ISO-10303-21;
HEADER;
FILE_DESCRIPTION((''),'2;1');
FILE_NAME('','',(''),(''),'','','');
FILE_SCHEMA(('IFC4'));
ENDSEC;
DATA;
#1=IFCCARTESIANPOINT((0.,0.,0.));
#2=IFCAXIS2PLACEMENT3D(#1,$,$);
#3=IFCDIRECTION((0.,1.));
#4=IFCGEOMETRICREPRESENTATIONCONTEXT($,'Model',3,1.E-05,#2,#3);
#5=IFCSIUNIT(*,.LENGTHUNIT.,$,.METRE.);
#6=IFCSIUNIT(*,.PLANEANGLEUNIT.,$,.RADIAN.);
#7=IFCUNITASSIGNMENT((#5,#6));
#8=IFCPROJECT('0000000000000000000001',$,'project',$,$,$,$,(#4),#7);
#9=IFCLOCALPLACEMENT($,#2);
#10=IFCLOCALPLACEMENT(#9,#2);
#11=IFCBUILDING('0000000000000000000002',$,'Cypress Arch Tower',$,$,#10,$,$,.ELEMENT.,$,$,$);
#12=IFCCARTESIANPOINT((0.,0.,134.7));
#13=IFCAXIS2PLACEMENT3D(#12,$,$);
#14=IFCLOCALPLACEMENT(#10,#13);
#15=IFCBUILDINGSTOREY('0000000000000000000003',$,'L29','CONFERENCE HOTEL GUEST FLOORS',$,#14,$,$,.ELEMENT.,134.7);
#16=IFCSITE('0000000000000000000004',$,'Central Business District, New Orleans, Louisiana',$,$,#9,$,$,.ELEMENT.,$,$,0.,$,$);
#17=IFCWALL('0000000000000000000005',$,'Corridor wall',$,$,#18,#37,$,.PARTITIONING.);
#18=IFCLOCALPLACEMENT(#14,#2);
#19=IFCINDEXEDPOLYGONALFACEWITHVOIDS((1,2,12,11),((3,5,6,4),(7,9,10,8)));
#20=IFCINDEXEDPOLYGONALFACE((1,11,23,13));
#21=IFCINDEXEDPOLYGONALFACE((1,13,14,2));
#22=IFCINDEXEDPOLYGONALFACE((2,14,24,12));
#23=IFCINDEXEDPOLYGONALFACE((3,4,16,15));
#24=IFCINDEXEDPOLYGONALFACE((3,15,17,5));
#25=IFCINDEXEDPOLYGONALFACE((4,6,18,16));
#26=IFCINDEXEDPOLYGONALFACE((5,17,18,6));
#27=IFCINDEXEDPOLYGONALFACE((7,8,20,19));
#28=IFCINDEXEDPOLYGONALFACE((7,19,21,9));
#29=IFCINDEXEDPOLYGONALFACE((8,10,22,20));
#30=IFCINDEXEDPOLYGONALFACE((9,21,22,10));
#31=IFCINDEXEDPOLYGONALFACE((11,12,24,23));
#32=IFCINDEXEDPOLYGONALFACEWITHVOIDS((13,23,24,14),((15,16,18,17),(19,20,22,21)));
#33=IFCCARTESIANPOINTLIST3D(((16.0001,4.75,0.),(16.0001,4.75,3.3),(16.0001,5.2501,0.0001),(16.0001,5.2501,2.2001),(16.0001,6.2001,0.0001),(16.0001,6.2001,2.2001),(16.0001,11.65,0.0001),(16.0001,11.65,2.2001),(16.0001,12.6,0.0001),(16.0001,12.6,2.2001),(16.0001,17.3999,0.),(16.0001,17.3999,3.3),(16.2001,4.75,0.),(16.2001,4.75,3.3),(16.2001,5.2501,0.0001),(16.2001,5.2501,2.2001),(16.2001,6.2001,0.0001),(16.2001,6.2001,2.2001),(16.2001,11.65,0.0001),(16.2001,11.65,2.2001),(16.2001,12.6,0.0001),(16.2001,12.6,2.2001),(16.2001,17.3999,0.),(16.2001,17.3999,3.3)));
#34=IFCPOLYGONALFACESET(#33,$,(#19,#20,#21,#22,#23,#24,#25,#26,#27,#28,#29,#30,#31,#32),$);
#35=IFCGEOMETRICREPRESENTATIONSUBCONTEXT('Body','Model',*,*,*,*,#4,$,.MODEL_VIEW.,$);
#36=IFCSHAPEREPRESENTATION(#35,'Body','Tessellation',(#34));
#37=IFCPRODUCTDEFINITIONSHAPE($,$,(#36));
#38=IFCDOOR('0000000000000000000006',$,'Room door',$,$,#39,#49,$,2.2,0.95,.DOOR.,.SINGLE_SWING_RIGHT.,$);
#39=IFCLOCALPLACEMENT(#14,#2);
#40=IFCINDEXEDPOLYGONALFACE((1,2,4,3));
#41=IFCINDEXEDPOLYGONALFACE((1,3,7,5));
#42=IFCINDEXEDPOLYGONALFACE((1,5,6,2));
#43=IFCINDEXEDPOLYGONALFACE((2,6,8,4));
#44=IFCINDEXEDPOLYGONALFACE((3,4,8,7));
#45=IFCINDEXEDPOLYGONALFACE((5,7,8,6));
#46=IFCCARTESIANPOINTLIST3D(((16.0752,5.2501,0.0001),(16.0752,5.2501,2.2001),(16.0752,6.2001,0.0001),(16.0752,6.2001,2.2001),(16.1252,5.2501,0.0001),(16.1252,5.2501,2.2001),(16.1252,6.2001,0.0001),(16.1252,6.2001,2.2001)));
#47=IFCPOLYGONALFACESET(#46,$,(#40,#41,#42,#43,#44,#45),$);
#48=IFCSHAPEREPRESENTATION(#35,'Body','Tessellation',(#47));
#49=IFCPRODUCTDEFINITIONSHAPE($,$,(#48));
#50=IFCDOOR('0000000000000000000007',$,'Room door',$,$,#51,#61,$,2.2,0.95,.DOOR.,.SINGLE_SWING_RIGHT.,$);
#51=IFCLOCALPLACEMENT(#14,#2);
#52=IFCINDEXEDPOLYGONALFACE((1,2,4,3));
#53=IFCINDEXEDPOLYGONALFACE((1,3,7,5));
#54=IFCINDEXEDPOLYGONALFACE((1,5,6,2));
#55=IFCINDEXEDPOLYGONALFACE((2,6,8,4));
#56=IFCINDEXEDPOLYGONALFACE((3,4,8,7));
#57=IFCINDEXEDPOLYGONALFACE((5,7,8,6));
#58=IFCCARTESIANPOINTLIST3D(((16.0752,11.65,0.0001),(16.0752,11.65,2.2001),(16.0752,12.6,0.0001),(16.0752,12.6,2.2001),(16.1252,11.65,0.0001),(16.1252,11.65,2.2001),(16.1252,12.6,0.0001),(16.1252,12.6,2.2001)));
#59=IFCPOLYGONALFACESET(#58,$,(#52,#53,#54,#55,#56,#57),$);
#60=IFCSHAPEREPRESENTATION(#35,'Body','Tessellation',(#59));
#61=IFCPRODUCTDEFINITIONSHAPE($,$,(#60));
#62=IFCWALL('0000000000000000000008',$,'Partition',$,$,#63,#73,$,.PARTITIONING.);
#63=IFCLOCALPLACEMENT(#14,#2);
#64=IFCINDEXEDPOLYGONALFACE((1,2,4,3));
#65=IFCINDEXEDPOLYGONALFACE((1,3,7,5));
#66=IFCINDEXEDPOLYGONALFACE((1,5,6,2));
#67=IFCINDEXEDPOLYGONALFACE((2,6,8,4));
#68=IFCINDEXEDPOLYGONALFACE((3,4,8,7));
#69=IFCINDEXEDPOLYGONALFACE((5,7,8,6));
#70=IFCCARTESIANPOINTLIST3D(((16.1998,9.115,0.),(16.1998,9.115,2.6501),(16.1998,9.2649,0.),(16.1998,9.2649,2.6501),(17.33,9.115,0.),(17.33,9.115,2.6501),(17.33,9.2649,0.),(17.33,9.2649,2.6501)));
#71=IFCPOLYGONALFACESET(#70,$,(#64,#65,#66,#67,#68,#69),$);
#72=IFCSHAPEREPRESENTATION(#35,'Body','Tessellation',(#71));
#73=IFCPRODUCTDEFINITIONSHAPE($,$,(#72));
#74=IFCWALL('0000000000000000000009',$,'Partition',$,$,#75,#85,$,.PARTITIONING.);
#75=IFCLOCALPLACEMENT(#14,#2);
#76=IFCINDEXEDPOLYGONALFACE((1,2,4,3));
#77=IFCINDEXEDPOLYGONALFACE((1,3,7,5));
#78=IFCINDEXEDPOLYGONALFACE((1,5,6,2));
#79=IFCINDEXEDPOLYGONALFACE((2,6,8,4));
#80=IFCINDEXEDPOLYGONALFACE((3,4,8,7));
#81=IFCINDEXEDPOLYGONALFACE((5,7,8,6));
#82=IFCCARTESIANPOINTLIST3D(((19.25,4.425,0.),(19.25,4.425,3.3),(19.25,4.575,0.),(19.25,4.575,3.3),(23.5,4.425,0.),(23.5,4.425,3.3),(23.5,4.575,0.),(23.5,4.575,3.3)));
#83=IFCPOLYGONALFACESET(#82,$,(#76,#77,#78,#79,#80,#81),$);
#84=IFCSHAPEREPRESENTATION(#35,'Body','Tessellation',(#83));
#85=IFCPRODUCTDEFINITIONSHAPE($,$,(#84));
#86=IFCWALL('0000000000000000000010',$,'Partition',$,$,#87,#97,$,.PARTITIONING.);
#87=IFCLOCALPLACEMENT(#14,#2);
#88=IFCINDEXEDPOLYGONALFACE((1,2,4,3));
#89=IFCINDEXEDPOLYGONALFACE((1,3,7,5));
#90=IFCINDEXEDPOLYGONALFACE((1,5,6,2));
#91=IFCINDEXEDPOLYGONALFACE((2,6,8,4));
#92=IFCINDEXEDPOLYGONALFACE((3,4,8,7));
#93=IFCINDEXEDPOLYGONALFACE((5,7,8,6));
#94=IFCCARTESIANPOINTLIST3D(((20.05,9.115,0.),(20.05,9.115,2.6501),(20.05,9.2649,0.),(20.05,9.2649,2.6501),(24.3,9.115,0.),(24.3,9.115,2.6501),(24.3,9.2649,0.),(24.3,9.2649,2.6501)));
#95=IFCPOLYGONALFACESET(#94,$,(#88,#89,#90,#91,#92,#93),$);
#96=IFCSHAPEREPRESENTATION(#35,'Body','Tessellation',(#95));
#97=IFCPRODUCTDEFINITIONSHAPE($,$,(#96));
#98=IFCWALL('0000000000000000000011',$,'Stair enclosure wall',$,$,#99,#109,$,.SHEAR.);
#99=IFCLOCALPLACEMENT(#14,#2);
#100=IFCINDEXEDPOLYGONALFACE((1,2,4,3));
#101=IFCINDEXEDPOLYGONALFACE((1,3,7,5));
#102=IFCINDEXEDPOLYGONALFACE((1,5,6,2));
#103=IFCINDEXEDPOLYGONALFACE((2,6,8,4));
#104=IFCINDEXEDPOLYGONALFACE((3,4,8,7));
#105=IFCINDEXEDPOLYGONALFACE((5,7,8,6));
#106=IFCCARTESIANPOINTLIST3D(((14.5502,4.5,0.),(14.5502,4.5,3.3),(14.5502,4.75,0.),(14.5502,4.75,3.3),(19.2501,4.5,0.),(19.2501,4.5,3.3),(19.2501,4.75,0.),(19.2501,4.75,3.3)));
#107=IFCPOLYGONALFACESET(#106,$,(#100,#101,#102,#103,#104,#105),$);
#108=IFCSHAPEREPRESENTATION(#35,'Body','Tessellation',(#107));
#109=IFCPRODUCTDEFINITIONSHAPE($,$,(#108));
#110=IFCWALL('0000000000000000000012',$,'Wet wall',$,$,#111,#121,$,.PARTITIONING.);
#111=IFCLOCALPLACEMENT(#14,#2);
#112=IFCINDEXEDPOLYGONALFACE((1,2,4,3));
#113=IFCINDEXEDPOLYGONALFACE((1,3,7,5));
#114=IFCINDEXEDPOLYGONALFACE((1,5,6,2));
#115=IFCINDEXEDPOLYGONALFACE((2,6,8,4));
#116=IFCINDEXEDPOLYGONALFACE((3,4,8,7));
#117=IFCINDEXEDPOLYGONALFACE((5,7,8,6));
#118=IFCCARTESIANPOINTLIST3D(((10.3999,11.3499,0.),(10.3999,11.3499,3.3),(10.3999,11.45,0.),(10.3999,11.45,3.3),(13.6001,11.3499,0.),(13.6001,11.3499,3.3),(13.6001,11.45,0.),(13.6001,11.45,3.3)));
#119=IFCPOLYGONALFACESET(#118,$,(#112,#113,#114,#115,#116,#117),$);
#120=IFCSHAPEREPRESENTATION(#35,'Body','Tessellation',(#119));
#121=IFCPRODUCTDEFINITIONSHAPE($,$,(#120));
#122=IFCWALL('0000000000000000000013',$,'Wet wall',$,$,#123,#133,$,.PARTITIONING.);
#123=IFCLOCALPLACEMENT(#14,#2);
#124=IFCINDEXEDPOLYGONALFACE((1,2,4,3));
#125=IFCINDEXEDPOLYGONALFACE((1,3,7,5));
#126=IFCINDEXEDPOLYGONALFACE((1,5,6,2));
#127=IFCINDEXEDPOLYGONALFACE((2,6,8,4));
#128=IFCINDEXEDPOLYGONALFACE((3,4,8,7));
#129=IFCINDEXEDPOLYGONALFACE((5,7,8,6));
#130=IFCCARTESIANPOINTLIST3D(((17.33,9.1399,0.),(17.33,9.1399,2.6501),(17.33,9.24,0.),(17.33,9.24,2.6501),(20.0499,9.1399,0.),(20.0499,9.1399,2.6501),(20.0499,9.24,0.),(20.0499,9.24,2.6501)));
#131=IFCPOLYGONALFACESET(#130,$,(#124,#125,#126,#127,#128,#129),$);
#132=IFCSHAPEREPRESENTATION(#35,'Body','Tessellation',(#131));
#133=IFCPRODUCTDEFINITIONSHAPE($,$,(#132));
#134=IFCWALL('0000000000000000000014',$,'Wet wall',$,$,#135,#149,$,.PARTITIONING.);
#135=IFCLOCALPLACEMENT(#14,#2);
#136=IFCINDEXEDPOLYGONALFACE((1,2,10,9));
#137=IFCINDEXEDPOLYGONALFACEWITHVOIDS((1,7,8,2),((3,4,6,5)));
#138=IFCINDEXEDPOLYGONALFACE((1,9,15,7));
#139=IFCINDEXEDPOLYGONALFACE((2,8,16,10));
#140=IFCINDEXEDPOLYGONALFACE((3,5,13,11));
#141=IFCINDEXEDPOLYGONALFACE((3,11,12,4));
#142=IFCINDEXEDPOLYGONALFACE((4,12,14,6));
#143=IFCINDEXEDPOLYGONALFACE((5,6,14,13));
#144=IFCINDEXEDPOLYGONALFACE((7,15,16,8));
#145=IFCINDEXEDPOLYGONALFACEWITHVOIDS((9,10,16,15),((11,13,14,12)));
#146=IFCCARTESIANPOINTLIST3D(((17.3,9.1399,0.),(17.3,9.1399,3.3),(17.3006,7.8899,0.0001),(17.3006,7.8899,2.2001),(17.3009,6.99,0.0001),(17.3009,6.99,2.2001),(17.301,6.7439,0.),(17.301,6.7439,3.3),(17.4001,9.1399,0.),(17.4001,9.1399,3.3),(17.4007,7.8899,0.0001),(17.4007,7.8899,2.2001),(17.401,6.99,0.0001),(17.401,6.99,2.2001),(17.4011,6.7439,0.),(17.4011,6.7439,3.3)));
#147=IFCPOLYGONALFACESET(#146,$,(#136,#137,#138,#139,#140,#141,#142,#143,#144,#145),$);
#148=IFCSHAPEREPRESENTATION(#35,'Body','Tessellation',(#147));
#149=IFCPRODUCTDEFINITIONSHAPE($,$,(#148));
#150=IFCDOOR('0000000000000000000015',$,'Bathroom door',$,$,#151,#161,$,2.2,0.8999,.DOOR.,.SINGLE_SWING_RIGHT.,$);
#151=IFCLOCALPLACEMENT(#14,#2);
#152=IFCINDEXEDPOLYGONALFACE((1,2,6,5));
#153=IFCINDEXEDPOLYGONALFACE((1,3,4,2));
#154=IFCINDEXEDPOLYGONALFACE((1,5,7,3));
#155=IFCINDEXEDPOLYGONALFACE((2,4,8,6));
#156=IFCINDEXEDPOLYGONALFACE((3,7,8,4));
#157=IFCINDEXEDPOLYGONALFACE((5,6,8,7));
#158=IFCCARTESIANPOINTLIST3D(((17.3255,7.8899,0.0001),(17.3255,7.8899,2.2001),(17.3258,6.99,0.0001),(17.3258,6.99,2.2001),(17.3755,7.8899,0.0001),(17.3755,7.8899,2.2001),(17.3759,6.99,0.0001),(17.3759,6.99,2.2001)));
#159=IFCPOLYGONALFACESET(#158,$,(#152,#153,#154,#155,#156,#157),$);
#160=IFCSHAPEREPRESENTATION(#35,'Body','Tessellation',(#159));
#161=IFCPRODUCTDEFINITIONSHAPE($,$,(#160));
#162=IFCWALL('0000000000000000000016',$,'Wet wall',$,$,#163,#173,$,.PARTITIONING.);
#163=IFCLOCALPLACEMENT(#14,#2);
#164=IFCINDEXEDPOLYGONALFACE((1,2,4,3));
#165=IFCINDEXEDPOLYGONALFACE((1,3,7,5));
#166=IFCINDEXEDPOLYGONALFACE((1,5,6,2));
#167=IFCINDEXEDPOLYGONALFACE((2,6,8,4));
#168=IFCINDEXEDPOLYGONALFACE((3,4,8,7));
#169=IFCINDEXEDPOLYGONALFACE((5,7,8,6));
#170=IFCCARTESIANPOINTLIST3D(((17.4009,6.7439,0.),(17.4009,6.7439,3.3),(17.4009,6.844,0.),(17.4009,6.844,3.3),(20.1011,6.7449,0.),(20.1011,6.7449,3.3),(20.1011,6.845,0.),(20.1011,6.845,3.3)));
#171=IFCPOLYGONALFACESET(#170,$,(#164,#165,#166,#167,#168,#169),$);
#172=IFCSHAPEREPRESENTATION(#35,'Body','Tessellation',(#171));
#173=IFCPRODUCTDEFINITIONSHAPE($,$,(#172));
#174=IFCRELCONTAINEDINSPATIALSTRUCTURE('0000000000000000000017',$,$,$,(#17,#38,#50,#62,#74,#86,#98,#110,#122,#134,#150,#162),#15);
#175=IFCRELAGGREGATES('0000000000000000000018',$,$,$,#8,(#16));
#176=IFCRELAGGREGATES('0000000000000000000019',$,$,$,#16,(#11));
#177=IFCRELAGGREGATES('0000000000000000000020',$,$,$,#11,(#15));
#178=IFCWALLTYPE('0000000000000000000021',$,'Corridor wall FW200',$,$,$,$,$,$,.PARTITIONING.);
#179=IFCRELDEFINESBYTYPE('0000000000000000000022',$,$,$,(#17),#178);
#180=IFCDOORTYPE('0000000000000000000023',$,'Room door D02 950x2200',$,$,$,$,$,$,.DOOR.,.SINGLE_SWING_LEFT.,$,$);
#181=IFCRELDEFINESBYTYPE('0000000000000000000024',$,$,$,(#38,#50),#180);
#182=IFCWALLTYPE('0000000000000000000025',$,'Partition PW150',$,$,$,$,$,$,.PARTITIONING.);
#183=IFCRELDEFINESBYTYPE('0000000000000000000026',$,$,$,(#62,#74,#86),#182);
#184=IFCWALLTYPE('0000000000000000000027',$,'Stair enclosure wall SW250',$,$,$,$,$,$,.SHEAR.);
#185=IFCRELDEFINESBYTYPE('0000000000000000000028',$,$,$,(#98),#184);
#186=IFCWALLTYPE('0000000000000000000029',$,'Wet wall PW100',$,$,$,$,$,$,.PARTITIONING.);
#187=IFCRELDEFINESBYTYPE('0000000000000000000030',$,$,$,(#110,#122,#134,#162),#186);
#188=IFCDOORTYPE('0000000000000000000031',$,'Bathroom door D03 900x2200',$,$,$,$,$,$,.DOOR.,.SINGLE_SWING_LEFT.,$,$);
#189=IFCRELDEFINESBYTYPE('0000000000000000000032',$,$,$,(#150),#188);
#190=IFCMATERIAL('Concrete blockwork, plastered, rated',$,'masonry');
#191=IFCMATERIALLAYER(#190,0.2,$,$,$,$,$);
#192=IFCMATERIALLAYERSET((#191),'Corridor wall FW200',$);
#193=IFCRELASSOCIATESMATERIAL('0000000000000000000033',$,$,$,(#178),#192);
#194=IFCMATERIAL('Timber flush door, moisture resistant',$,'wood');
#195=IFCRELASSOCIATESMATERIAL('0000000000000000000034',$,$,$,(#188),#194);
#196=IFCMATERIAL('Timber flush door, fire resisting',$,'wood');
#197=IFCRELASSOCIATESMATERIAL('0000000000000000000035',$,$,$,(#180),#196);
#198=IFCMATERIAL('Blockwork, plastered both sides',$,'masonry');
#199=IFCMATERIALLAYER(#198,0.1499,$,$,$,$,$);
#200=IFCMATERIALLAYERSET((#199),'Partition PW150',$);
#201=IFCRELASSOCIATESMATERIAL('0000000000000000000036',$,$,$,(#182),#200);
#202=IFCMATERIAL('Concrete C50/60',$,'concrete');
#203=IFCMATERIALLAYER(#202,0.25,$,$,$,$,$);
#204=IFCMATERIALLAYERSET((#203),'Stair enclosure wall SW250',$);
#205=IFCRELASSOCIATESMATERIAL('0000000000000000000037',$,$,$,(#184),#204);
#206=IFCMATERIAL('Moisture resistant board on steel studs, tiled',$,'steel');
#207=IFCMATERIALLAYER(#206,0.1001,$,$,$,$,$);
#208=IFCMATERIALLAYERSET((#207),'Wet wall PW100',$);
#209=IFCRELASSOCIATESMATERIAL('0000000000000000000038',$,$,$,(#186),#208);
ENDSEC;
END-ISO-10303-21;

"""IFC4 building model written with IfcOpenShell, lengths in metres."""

from ifc_helpers import new_model, si_unit, direction, frame, frame_2d, origin, place, context, subcontext, project, spatial, rectangle, extrude, material, layer, layer_set, type_object, element, fill, save


model = new_model("IFC4")

# Units and contexts
model_context = context("Model", 3, precision=1e-05, world=origin(), true_north=direction((0.0, 1.0)))
body_context = subcontext(model_context, "Body", "Model", "MODEL_VIEW")
ifc_project = project(units=[si_unit("LENGTHUNIT", "METRE"), si_unit("PLANEANGLEUNIT", "RADIAN")], contexts=[model_context])

# Site, building, storey
site_placement = place(None, origin())
site = spatial("IfcSite", under=ifc_project, at=site_placement, Name="Central Business District, New Orleans, Louisiana", CompositionType="ELEMENT", RefElevation=0.0)
building_placement = place(site_placement, origin())
building = spatial("IfcBuilding", under=site, at=building_placement, Name="Cypress Arch Tower", CompositionType="ELEMENT")
storey_placement = place(building_placement, frame((0.0, 0.0, 134.7)))
storey = spatial("IfcBuildingStorey", under=building, at=storey_placement, Name="L29", Description="CONFERENCE HOTEL GUEST FLOORS", CompositionType="ELEMENT", Elevation=134.7)

# Shared definitions
ifc_material_1 = material(Name="Concrete blockwork, plastered, rated", Category="masonry")
ifc_layer_1 = layer(ifc_material_1, 0.2)
ifc_layer_set_1 = layer_set([ifc_layer_1], Name="Corridor wall FW200")
wall_type_1 = type_object("IfcWallType", Name="Corridor wall FW200", PredefinedType="PARTITIONING", material=ifc_layer_set_1)
ifc_material_2 = material(Name="Timber flush door, moisture resistant", Category="wood")
door_type_1 = type_object("IfcDoorType", Name="Bathroom door D03 900x2200", OperationType="SINGLE_SWING_LEFT", PredefinedType="DOOR", material=ifc_material_2)

# Wall, openings, doors
wall_1_placement = place(storey_placement, frame((16.1001, 4.75, 0.0), z_axis=(0.0, 0.0, 1.0), x_axis=(0.0, 1.0, 0.0)))
wall_1 = element("IfcWall", 1, at=wall_1_placement, inside=storey, type_object=wall_type_1, Name="Corridor wall", PredefinedType="PARTITIONING", context=body_context, shape_type="SweptSolid", body=[
    extrude(rectangle(XDim=12.6499, YDim=0.2, at=frame_2d((6.325, 0.0))), origin(), (0.0, 0.0, 1.0), 3.3),
])
opening_1_placement = place(wall_1_placement, frame((0.5, 0.0, 0.0)))
opening_1 = element("IfcOpeningElement", 2, at=opening_1_placement, cuts=wall_1, PredefinedType="OPENING", context=body_context, shape_type="SweptSolid", body=[
    extrude(rectangle(XDim=0.95, YDim=2.2, at=frame_2d((0.4751, 1.1001))), frame((0.0, 0.1099, 0.0), z_axis=(0.0, -1.0, 0.0), x_axis=(1.0, 0.0, 0.0)), (0.0, 0.0, 1.0), 0.22),
])
opening_2_placement = place(wall_1_placement, frame((6.8999, 0.0, 0.0)))
opening_2 = element("IfcOpeningElement", 3, at=opening_2_placement, cuts=wall_1, PredefinedType="OPENING", context=body_context, shape_type="SweptSolid", body=[
    extrude(rectangle(XDim=0.95, YDim=2.2, at=frame_2d((0.4751, 1.1001))), frame((0.0, 0.1099, 0.0), z_axis=(0.0, -1.0, 0.0), x_axis=(1.0, 0.0, 0.0)), (0.0, 0.0, 1.0), 0.22),
])
ifc_material_3 = material(Name="Timber flush door, fire resisting", Category="wood")
door_type_2 = type_object("IfcDoorType", Name="Room door D02 950x2200", OperationType="SINGLE_SWING_LEFT", PredefinedType="DOOR", material=ifc_material_3)
door_1_placement = place(opening_1_placement, origin())
door_1 = element("IfcDoor", 4, at=door_1_placement, inside=storey, type_object=door_type_2, Name="Room door", OperationType="SINGLE_SWING_RIGHT", OverallHeight=2.2, OverallWidth=0.95, PredefinedType="DOOR", context=body_context, shape_type="SweptSolid", body=[
    extrude(rectangle(XDim=0.95, YDim=2.2, at=frame_2d((0.4751, 1.1001))), frame((0.0, 0.0249, 0.0), z_axis=(0.0, -1.0, 0.0), x_axis=(1.0, 0.0, 0.0)), (0.0, 0.0, 1.0), 0.05),
])
fill(opening_1, door_1)
door_2_placement = place(opening_2_placement, origin())
door_2 = element("IfcDoor", 5, at=door_2_placement, inside=storey, type_object=door_type_2, Name="Room door", OperationType="SINGLE_SWING_RIGHT", OverallHeight=2.2, OverallWidth=0.95, PredefinedType="DOOR", context=body_context, shape_type="SweptSolid", body=[
    extrude(rectangle(XDim=0.95, YDim=2.2, at=frame_2d((0.4751, 1.1001))), frame((0.0, 0.0249, 0.0), z_axis=(0.0, -1.0, 0.0), x_axis=(1.0, 0.0, 0.0)), (0.0, 0.0, 1.0), 0.05),
])
fill(opening_2, door_2)

# Walls
ifc_material_4 = material(Name="Blockwork, plastered both sides", Category="masonry")
ifc_layer_2 = layer(ifc_material_4, 0.1499)
ifc_layer_set_2 = layer_set([ifc_layer_2], Name="Partition PW150")
wall_type_2 = type_object("IfcWallType", Name="Partition PW150", PredefinedType="PARTITIONING", material=ifc_layer_set_2)
wall_2_placement = place(storey_placement, frame((16.2, 9.1899, 0.0), z_axis=(0.0, 0.0, 1.0), x_axis=(1.0, 0.0, 0.0)))
element("IfcWall", 6, at=wall_2_placement, inside=storey, type_object=wall_type_2, Name="Partition", PredefinedType="PARTITIONING", context=body_context, shape_type="SweptSolid", body=[
    extrude(rectangle(XDim=1.1301, YDim=0.1499, at=frame_2d((0.5649, 0.0))), origin(), (0.0, 0.0, 1.0), 2.6501),
])
wall_3_placement = place(storey_placement, frame((19.25, 4.5, 0.0), z_axis=(0.0, 0.0, 1.0), x_axis=(1.0, 0.0, 0.0)))
element("IfcWall", 7, at=wall_3_placement, inside=storey, type_object=wall_type_2, Name="Partition", PredefinedType="PARTITIONING", context=body_context, shape_type="SweptSolid", body=[
    extrude(rectangle(XDim=4.25, YDim=0.1499, at=frame_2d((2.125, 0.0))), origin(), (0.0, 0.0, 1.0), 3.3),
])
wall_4_placement = place(storey_placement, frame((20.05, 9.1899, 0.0), z_axis=(0.0, 0.0, 1.0), x_axis=(1.0, 0.0, 0.0)))
element("IfcWall", 8, at=wall_4_placement, inside=storey, type_object=wall_type_2, Name="Partition", PredefinedType="PARTITIONING", context=body_context, shape_type="SweptSolid", body=[
    extrude(rectangle(XDim=4.25, YDim=0.1499, at=frame_2d((2.125, 0.0))), origin(), (0.0, 0.0, 1.0), 2.6501),
])
ifc_material_5 = material(Name="Concrete C50/60", Category="concrete")
ifc_layer_3 = layer(ifc_material_5, 0.25)
ifc_layer_set_3 = layer_set([ifc_layer_3], Name="Stair enclosure wall SW250")
wall_type_3 = type_object("IfcWallType", Name="Stair enclosure wall SW250", PredefinedType="SHEAR", material=ifc_layer_set_3)
wall_5_placement = place(storey_placement, frame((14.55, 4.625, 0.0), z_axis=(0.0, 0.0, 1.0), x_axis=(1.0, 0.0, 0.0)))
element("IfcWall", 9, at=wall_5_placement, inside=storey, type_object=wall_type_3, Name="Stair enclosure wall", PredefinedType="SHEAR", context=body_context, shape_type="SweptSolid", body=[
    extrude(rectangle(XDim=4.7, YDim=0.25, at=frame_2d((2.3501, 0.0))), origin(), (0.0, 0.0, 1.0), 3.3),
])
ifc_material_6 = material(Name="Moisture resistant board on steel studs, tiled", Category="steel")
ifc_layer_4 = layer(ifc_material_6, 0.1001)
ifc_layer_set_4 = layer_set([ifc_layer_4], Name="Wet wall PW100")
wall_type_4 = type_object("IfcWallType", Name="Wet wall PW100", PredefinedType="PARTITIONING", material=ifc_layer_set_4)
wall_6_placement = place(storey_placement, frame((10.3999, 11.3999, 0.0), z_axis=(0.0, 0.0, 1.0), x_axis=(1.0, 0.0, 0.0)))
element("IfcWall", 10, at=wall_6_placement, inside=storey, type_object=wall_type_4, Name="Wet wall", PredefinedType="PARTITIONING", context=body_context, shape_type="SweptSolid", body=[
    extrude(rectangle(XDim=3.2002, YDim=0.1001, at=frame_2d((1.6001, 0.0))), origin(), (0.0, 0.0, 1.0), 3.3),
])
wall_7_placement = place(storey_placement, frame((17.3301, 9.1899, 0.0), z_axis=(0.0, 0.0, 1.0), x_axis=(1.0, 0.0, 0.0)))
element("IfcWall", 11, at=wall_7_placement, inside=storey, type_object=wall_type_4, Name="Wet wall", PredefinedType="PARTITIONING", context=body_context, shape_type="SweptSolid", body=[
    extrude(rectangle(XDim=2.72, YDim=0.1001, at=frame_2d((1.3599, 0.0))), origin(), (0.0, 0.0, 1.0), 2.6501),
])

# Wall, opening, door
wall_8_placement = place(storey_placement, frame((17.3501, 9.1399, 0.0), z_axis=(0.0, 0.0, 1.0), x_axis=(0.000408, -1.0, 0.0)))
wall_8 = element("IfcWall", 12, at=wall_8_placement, inside=storey, type_object=wall_type_4, Name="Wet wall", PredefinedType="PARTITIONING", context=body_context, shape_type="SweptSolid", body=[
    extrude(rectangle(XDim=2.396, YDim=0.1001, at=frame_2d((1.198, 0.0))), origin(), (0.0, 0.0, 1.0), 3.3),
])
opening_3_placement = place(wall_8_placement, frame((1.25, 0.0, 0.0)))
opening_3 = element("IfcOpeningElement", 13, at=opening_3_placement, cuts=wall_8, PredefinedType="OPENING", context=body_context, shape_type="SweptSolid", body=[
    extrude(rectangle(XDim=0.8999, YDim=2.2, at=frame_2d((0.45, 1.1001))), frame((0.0, 0.0601, 0.0), z_axis=(0.0, -1.0, 0.0), x_axis=(1.0, 0.0, 0.0)), (0.0, 0.0, 1.0), 0.1201),
])
door_3_placement = place(opening_3_placement, origin())
door_3 = element("IfcDoor", 14, at=door_3_placement, inside=storey, type_object=door_type_1, Name="Bathroom door", OperationType="SINGLE_SWING_RIGHT", OverallHeight=2.2, OverallWidth=0.8999, PredefinedType="DOOR", context=body_context, shape_type="SweptSolid", body=[
    extrude(rectangle(XDim=0.8999, YDim=2.2, at=frame_2d((0.45, 1.1001))), frame((0.0, 0.0249, 0.0), z_axis=(0.0, -1.0, 0.0), x_axis=(1.0, 0.0, 0.0)), (0.0, 0.0, 1.0), 0.05),
])
fill(opening_3, door_3)

# Wall
wall_9_placement = place(storey_placement, frame((17.4009, 6.7939, 0.0), z_axis=(0.0, 0.0, 1.0), x_axis=(1.0, 0.000362, 0.0)))
element("IfcWall", 15, at=wall_9_placement, inside=storey, type_object=wall_type_4, Name="Wet wall", PredefinedType="PARTITIONING", context=body_context, shape_type="SweptSolid", body=[
    extrude(rectangle(XDim=2.7002, YDim=0.1001, at=frame_2d((1.3501, 0.0))), origin(), (0.0, 0.0, 1.0), 3.3),
])

save(model, "model.ifc")
